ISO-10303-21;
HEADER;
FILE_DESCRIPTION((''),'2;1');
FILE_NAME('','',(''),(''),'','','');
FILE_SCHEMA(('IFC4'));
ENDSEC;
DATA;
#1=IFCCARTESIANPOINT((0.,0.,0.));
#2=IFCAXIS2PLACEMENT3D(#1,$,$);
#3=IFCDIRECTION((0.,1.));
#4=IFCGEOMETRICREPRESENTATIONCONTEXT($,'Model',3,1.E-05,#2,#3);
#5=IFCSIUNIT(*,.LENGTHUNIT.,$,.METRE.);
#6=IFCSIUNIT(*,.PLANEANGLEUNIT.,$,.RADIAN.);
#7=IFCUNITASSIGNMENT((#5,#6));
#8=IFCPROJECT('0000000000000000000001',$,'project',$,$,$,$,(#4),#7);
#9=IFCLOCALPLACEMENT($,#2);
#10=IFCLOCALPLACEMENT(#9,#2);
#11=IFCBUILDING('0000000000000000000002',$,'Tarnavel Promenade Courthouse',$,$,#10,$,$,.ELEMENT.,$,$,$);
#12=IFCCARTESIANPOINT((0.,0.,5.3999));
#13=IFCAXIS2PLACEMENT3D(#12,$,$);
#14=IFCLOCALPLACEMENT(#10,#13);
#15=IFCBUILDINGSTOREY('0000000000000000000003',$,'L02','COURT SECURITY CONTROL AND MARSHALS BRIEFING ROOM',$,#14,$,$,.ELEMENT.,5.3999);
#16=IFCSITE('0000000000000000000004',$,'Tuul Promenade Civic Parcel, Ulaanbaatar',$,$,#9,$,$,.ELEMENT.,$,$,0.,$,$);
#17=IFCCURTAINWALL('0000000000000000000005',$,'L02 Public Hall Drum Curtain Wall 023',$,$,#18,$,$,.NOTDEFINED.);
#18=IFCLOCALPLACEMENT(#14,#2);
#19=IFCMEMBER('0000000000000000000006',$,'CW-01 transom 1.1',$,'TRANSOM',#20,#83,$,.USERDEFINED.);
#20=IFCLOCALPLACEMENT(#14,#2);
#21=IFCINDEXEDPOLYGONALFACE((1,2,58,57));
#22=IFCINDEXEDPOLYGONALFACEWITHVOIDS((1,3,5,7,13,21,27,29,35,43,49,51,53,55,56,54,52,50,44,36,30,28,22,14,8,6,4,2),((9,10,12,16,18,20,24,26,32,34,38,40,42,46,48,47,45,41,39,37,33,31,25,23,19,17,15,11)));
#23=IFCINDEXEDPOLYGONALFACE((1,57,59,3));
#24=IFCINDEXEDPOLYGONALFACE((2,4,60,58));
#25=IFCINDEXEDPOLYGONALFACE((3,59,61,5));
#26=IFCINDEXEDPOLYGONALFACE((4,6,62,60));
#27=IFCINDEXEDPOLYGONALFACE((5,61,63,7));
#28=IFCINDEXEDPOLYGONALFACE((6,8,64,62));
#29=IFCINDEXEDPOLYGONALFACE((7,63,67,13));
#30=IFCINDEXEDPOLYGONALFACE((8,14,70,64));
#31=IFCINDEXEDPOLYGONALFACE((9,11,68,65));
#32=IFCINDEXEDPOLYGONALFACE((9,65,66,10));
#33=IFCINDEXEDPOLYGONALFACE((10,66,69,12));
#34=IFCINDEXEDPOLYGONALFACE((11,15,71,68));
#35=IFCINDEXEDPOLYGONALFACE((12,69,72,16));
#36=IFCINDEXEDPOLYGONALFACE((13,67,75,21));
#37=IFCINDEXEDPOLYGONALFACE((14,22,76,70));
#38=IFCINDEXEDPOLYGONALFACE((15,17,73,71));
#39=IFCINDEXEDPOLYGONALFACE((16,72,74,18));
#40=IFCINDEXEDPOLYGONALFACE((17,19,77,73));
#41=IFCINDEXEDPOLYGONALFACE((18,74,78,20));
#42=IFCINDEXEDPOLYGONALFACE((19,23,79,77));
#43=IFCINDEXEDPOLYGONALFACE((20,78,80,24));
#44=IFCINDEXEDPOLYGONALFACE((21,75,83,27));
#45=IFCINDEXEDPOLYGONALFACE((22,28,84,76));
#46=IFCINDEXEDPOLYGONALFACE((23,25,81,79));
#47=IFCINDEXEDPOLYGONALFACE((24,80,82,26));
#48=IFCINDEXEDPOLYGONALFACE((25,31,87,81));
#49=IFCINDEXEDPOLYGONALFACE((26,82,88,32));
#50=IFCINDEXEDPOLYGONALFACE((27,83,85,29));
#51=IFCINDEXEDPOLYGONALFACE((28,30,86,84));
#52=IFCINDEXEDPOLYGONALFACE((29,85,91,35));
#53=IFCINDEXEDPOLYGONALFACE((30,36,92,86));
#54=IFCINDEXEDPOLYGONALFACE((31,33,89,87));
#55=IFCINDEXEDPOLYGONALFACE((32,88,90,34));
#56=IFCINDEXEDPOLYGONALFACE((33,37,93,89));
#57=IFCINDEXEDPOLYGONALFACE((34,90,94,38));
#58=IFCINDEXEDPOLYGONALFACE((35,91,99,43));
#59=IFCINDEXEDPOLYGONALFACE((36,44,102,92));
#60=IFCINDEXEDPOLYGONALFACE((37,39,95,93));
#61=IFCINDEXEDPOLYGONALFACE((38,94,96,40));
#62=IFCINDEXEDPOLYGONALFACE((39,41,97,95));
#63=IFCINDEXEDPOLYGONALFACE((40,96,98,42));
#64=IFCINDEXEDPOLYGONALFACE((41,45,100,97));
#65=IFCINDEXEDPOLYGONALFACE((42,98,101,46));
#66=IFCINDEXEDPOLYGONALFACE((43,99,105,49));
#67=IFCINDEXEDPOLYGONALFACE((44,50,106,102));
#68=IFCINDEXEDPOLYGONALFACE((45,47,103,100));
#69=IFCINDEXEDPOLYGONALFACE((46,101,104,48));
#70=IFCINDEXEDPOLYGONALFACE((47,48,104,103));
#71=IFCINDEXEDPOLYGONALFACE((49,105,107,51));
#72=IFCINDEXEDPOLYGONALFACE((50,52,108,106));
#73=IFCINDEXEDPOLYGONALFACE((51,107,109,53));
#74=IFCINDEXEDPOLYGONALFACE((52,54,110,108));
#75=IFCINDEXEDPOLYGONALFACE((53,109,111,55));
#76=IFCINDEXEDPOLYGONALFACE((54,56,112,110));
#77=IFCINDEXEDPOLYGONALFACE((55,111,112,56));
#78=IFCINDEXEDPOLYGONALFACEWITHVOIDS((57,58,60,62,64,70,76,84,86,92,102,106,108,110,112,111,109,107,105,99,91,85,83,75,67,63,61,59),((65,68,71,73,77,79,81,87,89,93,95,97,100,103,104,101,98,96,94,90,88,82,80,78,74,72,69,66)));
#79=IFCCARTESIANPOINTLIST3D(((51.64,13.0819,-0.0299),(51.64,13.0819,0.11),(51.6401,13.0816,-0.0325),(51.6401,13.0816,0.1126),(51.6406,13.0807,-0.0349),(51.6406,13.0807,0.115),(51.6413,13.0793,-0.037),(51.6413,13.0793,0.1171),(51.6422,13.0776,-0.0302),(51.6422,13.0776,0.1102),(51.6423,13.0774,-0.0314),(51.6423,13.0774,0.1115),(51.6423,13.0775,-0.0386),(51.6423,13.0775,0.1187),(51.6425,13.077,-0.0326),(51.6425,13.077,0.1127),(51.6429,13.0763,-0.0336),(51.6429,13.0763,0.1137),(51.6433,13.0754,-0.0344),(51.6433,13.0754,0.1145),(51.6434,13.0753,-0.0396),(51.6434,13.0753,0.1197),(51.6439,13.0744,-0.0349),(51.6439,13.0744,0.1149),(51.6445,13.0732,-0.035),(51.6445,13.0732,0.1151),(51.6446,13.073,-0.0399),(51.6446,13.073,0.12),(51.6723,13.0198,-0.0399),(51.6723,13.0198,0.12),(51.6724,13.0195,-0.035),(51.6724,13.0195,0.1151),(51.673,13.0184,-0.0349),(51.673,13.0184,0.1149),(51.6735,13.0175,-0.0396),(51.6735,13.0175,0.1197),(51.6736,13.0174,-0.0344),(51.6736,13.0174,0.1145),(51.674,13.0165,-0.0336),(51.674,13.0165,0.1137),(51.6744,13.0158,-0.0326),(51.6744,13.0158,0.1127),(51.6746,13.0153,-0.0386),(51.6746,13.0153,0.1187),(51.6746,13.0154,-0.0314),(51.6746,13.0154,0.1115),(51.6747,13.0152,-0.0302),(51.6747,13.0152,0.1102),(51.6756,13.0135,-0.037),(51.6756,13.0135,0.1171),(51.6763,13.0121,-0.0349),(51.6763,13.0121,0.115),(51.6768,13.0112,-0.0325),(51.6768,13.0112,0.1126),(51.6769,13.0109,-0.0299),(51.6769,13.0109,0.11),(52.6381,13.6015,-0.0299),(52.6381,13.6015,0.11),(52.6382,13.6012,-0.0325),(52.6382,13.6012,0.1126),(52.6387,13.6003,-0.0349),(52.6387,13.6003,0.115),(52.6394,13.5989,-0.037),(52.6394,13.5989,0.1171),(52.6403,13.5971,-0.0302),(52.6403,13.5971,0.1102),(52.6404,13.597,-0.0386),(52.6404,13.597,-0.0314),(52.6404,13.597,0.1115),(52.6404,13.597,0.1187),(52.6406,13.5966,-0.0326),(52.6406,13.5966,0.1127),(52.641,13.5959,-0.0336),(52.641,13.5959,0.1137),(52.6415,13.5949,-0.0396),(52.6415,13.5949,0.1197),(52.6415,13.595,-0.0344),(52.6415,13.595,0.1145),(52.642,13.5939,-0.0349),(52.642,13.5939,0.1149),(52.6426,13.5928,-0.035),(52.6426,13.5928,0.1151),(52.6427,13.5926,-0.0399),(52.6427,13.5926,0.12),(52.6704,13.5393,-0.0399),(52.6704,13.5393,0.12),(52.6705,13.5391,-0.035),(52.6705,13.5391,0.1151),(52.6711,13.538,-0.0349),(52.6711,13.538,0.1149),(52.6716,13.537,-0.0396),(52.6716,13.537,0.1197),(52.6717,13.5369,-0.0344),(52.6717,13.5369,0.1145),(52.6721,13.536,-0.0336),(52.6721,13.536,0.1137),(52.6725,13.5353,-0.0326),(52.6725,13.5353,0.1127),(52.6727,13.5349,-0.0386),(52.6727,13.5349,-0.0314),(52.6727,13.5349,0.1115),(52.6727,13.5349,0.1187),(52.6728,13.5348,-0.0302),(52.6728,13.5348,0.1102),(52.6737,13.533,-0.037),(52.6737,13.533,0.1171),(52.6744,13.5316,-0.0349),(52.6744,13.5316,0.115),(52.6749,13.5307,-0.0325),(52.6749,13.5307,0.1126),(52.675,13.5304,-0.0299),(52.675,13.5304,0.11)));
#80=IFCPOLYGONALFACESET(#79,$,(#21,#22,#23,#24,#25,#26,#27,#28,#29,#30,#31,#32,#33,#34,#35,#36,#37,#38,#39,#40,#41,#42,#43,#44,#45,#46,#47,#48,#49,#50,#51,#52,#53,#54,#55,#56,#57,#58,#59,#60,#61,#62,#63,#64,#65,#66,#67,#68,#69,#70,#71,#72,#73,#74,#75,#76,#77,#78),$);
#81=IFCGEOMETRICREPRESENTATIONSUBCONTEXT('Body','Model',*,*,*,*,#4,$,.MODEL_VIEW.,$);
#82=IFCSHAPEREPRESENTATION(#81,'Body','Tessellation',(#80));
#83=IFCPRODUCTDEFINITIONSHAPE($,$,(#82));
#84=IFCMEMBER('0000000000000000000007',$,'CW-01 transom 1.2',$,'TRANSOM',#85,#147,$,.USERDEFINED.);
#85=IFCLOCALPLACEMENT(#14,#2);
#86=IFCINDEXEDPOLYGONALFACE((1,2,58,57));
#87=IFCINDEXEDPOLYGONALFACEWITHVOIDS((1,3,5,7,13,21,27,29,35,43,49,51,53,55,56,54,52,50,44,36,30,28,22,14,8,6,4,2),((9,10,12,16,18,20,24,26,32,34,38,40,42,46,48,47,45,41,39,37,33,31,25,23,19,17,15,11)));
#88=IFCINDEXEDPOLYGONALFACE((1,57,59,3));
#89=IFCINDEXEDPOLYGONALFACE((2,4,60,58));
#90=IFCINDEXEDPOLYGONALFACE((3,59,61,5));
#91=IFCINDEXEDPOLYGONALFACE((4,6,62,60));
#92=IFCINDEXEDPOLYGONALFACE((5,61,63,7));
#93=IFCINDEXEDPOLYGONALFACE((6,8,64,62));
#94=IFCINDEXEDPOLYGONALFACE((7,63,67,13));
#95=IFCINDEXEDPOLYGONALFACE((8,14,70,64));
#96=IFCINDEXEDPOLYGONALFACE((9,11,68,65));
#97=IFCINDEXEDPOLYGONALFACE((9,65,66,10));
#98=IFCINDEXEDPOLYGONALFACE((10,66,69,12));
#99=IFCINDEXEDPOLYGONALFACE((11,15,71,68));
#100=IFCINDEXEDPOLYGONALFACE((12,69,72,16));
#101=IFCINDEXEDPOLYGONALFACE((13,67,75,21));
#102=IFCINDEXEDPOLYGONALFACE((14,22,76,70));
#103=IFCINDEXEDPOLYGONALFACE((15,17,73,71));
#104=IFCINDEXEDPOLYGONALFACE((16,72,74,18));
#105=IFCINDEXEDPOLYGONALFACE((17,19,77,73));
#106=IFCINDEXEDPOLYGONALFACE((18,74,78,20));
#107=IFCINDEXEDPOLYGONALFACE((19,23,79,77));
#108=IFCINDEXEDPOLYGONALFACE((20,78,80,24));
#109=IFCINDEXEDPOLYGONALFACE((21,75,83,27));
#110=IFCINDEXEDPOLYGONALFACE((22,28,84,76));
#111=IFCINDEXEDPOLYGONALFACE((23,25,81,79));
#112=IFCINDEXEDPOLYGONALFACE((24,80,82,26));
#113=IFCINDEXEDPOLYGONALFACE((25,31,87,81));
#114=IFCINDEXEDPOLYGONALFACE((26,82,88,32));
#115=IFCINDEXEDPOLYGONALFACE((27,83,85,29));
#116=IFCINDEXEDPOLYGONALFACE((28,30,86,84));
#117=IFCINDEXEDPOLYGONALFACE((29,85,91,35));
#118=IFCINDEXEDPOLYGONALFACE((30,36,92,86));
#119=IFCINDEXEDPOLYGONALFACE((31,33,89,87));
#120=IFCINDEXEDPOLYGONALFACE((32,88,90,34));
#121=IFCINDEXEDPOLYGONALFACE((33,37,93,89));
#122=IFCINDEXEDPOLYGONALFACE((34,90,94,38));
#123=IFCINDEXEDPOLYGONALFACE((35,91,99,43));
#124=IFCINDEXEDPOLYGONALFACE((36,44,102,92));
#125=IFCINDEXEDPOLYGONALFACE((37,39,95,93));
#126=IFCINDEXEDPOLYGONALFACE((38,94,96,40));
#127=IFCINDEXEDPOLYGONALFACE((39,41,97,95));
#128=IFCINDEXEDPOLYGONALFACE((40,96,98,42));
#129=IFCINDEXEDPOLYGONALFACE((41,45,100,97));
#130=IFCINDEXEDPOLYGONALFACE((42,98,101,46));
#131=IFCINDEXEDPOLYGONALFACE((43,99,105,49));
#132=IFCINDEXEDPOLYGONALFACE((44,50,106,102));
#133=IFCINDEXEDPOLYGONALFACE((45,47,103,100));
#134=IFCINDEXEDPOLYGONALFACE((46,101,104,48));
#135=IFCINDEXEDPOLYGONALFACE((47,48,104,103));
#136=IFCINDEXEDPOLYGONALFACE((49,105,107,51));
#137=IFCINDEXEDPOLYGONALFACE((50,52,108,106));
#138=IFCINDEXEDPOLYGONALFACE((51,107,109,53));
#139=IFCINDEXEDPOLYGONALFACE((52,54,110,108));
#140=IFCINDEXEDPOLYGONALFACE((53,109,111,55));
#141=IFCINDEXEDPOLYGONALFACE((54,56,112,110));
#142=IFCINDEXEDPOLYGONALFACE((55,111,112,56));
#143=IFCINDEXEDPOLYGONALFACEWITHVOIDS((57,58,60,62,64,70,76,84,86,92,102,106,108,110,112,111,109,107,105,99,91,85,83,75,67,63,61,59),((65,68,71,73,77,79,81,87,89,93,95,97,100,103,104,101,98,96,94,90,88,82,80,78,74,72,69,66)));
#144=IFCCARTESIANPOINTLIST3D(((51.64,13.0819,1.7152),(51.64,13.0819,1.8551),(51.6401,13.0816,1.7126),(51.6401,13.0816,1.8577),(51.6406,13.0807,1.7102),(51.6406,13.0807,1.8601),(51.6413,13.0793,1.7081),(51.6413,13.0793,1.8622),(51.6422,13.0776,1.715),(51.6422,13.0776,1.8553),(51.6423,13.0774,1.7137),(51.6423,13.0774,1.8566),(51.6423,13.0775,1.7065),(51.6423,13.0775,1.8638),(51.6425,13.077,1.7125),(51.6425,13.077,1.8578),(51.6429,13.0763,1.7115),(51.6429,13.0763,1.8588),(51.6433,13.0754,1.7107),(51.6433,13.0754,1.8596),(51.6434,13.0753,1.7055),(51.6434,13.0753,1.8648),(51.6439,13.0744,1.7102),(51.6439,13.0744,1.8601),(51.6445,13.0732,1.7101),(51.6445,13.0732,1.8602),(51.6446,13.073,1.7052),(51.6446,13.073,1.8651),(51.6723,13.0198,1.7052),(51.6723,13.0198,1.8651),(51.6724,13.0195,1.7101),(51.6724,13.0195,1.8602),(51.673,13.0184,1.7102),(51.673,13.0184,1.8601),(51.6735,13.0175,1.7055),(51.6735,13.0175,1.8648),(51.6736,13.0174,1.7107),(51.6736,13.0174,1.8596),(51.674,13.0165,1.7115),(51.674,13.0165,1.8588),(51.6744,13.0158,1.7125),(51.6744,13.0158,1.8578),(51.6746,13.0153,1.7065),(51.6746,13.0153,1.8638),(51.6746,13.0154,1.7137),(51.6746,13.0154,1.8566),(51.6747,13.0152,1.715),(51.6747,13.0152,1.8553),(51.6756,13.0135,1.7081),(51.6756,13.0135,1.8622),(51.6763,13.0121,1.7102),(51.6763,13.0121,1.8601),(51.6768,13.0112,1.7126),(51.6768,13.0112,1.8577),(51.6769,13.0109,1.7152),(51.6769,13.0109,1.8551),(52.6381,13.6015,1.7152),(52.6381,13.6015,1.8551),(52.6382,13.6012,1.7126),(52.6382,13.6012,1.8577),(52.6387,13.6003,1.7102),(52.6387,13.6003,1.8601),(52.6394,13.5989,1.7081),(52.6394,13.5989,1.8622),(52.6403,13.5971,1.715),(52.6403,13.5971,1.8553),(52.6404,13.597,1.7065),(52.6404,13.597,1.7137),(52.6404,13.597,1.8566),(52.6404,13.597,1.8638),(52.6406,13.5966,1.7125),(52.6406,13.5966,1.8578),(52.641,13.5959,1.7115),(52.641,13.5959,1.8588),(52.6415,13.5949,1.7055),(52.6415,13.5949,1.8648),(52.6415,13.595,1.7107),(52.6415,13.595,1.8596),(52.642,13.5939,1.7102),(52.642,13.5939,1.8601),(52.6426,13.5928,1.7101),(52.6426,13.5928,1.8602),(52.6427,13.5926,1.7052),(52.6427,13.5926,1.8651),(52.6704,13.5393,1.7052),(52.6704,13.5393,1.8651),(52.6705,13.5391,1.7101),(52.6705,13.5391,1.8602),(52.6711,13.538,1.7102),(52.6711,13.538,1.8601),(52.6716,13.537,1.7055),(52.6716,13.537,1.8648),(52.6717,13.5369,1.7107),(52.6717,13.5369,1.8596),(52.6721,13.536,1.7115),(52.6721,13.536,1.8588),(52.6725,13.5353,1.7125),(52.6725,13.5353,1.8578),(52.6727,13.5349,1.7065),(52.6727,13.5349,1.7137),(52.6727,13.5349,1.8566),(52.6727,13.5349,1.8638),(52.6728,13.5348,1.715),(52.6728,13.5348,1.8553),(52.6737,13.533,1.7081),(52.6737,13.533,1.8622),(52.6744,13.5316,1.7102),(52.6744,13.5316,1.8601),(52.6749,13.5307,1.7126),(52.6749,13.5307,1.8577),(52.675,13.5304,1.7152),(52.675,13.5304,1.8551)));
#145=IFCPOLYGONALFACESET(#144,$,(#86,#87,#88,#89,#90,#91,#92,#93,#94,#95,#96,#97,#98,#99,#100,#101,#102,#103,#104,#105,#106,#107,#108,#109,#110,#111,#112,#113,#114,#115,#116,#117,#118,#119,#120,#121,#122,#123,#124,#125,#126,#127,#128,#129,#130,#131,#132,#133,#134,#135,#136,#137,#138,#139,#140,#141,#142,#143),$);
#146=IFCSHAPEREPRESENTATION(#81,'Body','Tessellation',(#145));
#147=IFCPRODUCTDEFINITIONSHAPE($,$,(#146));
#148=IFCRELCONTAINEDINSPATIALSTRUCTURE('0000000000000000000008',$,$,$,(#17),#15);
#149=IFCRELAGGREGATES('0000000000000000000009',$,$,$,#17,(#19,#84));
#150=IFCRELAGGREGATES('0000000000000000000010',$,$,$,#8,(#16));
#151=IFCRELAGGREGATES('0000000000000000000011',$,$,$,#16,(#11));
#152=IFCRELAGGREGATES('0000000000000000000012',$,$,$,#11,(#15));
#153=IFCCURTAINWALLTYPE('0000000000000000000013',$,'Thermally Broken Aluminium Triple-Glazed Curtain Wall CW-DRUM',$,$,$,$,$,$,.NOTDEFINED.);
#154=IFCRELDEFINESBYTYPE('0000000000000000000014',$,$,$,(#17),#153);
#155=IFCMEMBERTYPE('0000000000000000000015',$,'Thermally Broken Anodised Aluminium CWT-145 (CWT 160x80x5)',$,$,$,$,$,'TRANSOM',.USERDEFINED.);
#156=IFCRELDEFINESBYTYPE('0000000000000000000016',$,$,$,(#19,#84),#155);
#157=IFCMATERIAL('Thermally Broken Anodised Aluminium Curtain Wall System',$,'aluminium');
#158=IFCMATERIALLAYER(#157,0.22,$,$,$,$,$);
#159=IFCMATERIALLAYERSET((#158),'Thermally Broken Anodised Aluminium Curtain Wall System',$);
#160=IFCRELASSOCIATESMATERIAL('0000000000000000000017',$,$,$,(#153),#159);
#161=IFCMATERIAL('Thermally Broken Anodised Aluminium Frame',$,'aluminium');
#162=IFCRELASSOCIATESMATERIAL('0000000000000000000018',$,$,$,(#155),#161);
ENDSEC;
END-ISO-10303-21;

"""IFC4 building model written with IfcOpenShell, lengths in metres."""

from ifc_helpers import new_model, si_unit, direction, frame, origin, origin_2d, place, context, subcontext, project, spatial, hollow_rectangle, extrude, material, layer, layer_set, material_profile, profile_set, type_object, element, aggregate, save


model = new_model("IFC4")

# Units and contexts
model_context = context("Model", 3, precision=1e-05, world=origin(), true_north=direction((0.0, 1.0)))
body_context = subcontext(model_context, "Body", "Model", "MODEL_VIEW")
ifc_project = project(units=[si_unit("LENGTHUNIT", "METRE"), si_unit("PLANEANGLEUNIT", "RADIAN")], contexts=[model_context])

# Site, building, storey
site_placement = place(None, origin())
site = spatial("IfcSite", under=ifc_project, at=site_placement, Name="Tuul Promenade Civic Parcel, Ulaanbaatar", CompositionType="ELEMENT", RefElevation=0.0)
building_placement = place(site_placement, origin())
building = spatial("IfcBuilding", under=site, at=building_placement, Name="Tarnavel Promenade Courthouse", CompositionType="ELEMENT")
storey_placement = place(building_placement, frame((0.0, 0.0, 5.3999)))
storey = spatial("IfcBuildingStorey", under=building, at=storey_placement, Name="L02", Description="COURT SECURITY CONTROL AND MARSHALS BRIEFING ROOM", CompositionType="ELEMENT", Elevation=5.3999)

# Curtain wall
ifc_material_1 = material(Name="Thermally Broken Anodised Aluminium Curtain Wall System", Category="aluminium")
ifc_layer_1 = layer(ifc_material_1, 0.22)
ifc_layer_set_1 = layer_set([ifc_layer_1], Name="Thermally Broken Anodised Aluminium Curtain Wall System")
curtain_wall_type = type_object("IfcCurtainWallType", Name="Thermally Broken Aluminium Triple-Glazed Curtain Wall CW-DRUM", PredefinedType="NOTDEFINED", material=ifc_layer_set_1)
ifc_material_2 = material(Name="Thermally Broken Anodised Aluminium Frame", Category="aluminium")
curtain_wall_1_placement = place(storey_placement, origin())
curtain_wall_1 = element("IfcCurtainWall", 1, at=curtain_wall_1_placement, inside=storey, type_object=curtain_wall_type, Name="L02 Public Hall Drum Curtain Wall 023", PredefinedType="NOTDEFINED")

# Members
ifc_material_profile_1 = material_profile(ifc_material_2, hollow_rectangle(XDim=0.0801, YDim=0.1599, WallThickness=0.0049, InnerFilletRadius=0.0049, OuterFilletRadius=0.01, at=origin_2d()), Name="CWT 160x80x5")
ifc_profile_set_1 = profile_set([ifc_material_profile_1], Name="Thermally Broken Anodised Aluminium Frame")
member_type_1 = type_object("IfcMemberType", Name="Thermally Broken Anodised Aluminium CWT-145 (CWT 160x80x5)", ElementType="TRANSOM", PredefinedType="USERDEFINED", material=ifc_profile_set_1)
member_1_placement = place(storey_placement, frame((51.6584, 13.0464, 0.04), z_axis=(0.887018, 0.461735, 0.0), x_axis=(-0.461735, 0.887018, 0.0)))
member_1 = element("IfcMember", 2, at=member_1_placement, type_object=member_type_1, Name="CW-01 transom 1.1", ObjectType="TRANSOM", PredefinedType="USERDEFINED", context=body_context, shape_type="SweptSolid", body=[
    extrude(hollow_rectangle(XDim=0.0801, YDim=0.1599, WallThickness=0.0049, InnerFilletRadius=0.0049, OuterFilletRadius=0.01, at=origin_2d()), origin(), (0.0, 0.0, 1.0), 1.1252),
])
member_2_placement = place(storey_placement, frame((51.6584, 13.0464, 1.7852), z_axis=(0.887018, 0.461735, 0.0), x_axis=(-0.461735, 0.887018, 0.0)))
member_2 = element("IfcMember", 3, at=member_2_placement, type_object=member_type_1, Name="CW-01 transom 1.2", ObjectType="TRANSOM", PredefinedType="USERDEFINED", context=body_context, shape_type="SweptSolid", body=[
    extrude(hollow_rectangle(XDim=0.0801, YDim=0.1599, WallThickness=0.0049, InnerFilletRadius=0.0049, OuterFilletRadius=0.01, at=origin_2d()), origin(), (0.0, 0.0, 1.0), 1.1252),
])

aggregate(curtain_wall_1, [member_1, member_2])

save(model, "model.ifc")
